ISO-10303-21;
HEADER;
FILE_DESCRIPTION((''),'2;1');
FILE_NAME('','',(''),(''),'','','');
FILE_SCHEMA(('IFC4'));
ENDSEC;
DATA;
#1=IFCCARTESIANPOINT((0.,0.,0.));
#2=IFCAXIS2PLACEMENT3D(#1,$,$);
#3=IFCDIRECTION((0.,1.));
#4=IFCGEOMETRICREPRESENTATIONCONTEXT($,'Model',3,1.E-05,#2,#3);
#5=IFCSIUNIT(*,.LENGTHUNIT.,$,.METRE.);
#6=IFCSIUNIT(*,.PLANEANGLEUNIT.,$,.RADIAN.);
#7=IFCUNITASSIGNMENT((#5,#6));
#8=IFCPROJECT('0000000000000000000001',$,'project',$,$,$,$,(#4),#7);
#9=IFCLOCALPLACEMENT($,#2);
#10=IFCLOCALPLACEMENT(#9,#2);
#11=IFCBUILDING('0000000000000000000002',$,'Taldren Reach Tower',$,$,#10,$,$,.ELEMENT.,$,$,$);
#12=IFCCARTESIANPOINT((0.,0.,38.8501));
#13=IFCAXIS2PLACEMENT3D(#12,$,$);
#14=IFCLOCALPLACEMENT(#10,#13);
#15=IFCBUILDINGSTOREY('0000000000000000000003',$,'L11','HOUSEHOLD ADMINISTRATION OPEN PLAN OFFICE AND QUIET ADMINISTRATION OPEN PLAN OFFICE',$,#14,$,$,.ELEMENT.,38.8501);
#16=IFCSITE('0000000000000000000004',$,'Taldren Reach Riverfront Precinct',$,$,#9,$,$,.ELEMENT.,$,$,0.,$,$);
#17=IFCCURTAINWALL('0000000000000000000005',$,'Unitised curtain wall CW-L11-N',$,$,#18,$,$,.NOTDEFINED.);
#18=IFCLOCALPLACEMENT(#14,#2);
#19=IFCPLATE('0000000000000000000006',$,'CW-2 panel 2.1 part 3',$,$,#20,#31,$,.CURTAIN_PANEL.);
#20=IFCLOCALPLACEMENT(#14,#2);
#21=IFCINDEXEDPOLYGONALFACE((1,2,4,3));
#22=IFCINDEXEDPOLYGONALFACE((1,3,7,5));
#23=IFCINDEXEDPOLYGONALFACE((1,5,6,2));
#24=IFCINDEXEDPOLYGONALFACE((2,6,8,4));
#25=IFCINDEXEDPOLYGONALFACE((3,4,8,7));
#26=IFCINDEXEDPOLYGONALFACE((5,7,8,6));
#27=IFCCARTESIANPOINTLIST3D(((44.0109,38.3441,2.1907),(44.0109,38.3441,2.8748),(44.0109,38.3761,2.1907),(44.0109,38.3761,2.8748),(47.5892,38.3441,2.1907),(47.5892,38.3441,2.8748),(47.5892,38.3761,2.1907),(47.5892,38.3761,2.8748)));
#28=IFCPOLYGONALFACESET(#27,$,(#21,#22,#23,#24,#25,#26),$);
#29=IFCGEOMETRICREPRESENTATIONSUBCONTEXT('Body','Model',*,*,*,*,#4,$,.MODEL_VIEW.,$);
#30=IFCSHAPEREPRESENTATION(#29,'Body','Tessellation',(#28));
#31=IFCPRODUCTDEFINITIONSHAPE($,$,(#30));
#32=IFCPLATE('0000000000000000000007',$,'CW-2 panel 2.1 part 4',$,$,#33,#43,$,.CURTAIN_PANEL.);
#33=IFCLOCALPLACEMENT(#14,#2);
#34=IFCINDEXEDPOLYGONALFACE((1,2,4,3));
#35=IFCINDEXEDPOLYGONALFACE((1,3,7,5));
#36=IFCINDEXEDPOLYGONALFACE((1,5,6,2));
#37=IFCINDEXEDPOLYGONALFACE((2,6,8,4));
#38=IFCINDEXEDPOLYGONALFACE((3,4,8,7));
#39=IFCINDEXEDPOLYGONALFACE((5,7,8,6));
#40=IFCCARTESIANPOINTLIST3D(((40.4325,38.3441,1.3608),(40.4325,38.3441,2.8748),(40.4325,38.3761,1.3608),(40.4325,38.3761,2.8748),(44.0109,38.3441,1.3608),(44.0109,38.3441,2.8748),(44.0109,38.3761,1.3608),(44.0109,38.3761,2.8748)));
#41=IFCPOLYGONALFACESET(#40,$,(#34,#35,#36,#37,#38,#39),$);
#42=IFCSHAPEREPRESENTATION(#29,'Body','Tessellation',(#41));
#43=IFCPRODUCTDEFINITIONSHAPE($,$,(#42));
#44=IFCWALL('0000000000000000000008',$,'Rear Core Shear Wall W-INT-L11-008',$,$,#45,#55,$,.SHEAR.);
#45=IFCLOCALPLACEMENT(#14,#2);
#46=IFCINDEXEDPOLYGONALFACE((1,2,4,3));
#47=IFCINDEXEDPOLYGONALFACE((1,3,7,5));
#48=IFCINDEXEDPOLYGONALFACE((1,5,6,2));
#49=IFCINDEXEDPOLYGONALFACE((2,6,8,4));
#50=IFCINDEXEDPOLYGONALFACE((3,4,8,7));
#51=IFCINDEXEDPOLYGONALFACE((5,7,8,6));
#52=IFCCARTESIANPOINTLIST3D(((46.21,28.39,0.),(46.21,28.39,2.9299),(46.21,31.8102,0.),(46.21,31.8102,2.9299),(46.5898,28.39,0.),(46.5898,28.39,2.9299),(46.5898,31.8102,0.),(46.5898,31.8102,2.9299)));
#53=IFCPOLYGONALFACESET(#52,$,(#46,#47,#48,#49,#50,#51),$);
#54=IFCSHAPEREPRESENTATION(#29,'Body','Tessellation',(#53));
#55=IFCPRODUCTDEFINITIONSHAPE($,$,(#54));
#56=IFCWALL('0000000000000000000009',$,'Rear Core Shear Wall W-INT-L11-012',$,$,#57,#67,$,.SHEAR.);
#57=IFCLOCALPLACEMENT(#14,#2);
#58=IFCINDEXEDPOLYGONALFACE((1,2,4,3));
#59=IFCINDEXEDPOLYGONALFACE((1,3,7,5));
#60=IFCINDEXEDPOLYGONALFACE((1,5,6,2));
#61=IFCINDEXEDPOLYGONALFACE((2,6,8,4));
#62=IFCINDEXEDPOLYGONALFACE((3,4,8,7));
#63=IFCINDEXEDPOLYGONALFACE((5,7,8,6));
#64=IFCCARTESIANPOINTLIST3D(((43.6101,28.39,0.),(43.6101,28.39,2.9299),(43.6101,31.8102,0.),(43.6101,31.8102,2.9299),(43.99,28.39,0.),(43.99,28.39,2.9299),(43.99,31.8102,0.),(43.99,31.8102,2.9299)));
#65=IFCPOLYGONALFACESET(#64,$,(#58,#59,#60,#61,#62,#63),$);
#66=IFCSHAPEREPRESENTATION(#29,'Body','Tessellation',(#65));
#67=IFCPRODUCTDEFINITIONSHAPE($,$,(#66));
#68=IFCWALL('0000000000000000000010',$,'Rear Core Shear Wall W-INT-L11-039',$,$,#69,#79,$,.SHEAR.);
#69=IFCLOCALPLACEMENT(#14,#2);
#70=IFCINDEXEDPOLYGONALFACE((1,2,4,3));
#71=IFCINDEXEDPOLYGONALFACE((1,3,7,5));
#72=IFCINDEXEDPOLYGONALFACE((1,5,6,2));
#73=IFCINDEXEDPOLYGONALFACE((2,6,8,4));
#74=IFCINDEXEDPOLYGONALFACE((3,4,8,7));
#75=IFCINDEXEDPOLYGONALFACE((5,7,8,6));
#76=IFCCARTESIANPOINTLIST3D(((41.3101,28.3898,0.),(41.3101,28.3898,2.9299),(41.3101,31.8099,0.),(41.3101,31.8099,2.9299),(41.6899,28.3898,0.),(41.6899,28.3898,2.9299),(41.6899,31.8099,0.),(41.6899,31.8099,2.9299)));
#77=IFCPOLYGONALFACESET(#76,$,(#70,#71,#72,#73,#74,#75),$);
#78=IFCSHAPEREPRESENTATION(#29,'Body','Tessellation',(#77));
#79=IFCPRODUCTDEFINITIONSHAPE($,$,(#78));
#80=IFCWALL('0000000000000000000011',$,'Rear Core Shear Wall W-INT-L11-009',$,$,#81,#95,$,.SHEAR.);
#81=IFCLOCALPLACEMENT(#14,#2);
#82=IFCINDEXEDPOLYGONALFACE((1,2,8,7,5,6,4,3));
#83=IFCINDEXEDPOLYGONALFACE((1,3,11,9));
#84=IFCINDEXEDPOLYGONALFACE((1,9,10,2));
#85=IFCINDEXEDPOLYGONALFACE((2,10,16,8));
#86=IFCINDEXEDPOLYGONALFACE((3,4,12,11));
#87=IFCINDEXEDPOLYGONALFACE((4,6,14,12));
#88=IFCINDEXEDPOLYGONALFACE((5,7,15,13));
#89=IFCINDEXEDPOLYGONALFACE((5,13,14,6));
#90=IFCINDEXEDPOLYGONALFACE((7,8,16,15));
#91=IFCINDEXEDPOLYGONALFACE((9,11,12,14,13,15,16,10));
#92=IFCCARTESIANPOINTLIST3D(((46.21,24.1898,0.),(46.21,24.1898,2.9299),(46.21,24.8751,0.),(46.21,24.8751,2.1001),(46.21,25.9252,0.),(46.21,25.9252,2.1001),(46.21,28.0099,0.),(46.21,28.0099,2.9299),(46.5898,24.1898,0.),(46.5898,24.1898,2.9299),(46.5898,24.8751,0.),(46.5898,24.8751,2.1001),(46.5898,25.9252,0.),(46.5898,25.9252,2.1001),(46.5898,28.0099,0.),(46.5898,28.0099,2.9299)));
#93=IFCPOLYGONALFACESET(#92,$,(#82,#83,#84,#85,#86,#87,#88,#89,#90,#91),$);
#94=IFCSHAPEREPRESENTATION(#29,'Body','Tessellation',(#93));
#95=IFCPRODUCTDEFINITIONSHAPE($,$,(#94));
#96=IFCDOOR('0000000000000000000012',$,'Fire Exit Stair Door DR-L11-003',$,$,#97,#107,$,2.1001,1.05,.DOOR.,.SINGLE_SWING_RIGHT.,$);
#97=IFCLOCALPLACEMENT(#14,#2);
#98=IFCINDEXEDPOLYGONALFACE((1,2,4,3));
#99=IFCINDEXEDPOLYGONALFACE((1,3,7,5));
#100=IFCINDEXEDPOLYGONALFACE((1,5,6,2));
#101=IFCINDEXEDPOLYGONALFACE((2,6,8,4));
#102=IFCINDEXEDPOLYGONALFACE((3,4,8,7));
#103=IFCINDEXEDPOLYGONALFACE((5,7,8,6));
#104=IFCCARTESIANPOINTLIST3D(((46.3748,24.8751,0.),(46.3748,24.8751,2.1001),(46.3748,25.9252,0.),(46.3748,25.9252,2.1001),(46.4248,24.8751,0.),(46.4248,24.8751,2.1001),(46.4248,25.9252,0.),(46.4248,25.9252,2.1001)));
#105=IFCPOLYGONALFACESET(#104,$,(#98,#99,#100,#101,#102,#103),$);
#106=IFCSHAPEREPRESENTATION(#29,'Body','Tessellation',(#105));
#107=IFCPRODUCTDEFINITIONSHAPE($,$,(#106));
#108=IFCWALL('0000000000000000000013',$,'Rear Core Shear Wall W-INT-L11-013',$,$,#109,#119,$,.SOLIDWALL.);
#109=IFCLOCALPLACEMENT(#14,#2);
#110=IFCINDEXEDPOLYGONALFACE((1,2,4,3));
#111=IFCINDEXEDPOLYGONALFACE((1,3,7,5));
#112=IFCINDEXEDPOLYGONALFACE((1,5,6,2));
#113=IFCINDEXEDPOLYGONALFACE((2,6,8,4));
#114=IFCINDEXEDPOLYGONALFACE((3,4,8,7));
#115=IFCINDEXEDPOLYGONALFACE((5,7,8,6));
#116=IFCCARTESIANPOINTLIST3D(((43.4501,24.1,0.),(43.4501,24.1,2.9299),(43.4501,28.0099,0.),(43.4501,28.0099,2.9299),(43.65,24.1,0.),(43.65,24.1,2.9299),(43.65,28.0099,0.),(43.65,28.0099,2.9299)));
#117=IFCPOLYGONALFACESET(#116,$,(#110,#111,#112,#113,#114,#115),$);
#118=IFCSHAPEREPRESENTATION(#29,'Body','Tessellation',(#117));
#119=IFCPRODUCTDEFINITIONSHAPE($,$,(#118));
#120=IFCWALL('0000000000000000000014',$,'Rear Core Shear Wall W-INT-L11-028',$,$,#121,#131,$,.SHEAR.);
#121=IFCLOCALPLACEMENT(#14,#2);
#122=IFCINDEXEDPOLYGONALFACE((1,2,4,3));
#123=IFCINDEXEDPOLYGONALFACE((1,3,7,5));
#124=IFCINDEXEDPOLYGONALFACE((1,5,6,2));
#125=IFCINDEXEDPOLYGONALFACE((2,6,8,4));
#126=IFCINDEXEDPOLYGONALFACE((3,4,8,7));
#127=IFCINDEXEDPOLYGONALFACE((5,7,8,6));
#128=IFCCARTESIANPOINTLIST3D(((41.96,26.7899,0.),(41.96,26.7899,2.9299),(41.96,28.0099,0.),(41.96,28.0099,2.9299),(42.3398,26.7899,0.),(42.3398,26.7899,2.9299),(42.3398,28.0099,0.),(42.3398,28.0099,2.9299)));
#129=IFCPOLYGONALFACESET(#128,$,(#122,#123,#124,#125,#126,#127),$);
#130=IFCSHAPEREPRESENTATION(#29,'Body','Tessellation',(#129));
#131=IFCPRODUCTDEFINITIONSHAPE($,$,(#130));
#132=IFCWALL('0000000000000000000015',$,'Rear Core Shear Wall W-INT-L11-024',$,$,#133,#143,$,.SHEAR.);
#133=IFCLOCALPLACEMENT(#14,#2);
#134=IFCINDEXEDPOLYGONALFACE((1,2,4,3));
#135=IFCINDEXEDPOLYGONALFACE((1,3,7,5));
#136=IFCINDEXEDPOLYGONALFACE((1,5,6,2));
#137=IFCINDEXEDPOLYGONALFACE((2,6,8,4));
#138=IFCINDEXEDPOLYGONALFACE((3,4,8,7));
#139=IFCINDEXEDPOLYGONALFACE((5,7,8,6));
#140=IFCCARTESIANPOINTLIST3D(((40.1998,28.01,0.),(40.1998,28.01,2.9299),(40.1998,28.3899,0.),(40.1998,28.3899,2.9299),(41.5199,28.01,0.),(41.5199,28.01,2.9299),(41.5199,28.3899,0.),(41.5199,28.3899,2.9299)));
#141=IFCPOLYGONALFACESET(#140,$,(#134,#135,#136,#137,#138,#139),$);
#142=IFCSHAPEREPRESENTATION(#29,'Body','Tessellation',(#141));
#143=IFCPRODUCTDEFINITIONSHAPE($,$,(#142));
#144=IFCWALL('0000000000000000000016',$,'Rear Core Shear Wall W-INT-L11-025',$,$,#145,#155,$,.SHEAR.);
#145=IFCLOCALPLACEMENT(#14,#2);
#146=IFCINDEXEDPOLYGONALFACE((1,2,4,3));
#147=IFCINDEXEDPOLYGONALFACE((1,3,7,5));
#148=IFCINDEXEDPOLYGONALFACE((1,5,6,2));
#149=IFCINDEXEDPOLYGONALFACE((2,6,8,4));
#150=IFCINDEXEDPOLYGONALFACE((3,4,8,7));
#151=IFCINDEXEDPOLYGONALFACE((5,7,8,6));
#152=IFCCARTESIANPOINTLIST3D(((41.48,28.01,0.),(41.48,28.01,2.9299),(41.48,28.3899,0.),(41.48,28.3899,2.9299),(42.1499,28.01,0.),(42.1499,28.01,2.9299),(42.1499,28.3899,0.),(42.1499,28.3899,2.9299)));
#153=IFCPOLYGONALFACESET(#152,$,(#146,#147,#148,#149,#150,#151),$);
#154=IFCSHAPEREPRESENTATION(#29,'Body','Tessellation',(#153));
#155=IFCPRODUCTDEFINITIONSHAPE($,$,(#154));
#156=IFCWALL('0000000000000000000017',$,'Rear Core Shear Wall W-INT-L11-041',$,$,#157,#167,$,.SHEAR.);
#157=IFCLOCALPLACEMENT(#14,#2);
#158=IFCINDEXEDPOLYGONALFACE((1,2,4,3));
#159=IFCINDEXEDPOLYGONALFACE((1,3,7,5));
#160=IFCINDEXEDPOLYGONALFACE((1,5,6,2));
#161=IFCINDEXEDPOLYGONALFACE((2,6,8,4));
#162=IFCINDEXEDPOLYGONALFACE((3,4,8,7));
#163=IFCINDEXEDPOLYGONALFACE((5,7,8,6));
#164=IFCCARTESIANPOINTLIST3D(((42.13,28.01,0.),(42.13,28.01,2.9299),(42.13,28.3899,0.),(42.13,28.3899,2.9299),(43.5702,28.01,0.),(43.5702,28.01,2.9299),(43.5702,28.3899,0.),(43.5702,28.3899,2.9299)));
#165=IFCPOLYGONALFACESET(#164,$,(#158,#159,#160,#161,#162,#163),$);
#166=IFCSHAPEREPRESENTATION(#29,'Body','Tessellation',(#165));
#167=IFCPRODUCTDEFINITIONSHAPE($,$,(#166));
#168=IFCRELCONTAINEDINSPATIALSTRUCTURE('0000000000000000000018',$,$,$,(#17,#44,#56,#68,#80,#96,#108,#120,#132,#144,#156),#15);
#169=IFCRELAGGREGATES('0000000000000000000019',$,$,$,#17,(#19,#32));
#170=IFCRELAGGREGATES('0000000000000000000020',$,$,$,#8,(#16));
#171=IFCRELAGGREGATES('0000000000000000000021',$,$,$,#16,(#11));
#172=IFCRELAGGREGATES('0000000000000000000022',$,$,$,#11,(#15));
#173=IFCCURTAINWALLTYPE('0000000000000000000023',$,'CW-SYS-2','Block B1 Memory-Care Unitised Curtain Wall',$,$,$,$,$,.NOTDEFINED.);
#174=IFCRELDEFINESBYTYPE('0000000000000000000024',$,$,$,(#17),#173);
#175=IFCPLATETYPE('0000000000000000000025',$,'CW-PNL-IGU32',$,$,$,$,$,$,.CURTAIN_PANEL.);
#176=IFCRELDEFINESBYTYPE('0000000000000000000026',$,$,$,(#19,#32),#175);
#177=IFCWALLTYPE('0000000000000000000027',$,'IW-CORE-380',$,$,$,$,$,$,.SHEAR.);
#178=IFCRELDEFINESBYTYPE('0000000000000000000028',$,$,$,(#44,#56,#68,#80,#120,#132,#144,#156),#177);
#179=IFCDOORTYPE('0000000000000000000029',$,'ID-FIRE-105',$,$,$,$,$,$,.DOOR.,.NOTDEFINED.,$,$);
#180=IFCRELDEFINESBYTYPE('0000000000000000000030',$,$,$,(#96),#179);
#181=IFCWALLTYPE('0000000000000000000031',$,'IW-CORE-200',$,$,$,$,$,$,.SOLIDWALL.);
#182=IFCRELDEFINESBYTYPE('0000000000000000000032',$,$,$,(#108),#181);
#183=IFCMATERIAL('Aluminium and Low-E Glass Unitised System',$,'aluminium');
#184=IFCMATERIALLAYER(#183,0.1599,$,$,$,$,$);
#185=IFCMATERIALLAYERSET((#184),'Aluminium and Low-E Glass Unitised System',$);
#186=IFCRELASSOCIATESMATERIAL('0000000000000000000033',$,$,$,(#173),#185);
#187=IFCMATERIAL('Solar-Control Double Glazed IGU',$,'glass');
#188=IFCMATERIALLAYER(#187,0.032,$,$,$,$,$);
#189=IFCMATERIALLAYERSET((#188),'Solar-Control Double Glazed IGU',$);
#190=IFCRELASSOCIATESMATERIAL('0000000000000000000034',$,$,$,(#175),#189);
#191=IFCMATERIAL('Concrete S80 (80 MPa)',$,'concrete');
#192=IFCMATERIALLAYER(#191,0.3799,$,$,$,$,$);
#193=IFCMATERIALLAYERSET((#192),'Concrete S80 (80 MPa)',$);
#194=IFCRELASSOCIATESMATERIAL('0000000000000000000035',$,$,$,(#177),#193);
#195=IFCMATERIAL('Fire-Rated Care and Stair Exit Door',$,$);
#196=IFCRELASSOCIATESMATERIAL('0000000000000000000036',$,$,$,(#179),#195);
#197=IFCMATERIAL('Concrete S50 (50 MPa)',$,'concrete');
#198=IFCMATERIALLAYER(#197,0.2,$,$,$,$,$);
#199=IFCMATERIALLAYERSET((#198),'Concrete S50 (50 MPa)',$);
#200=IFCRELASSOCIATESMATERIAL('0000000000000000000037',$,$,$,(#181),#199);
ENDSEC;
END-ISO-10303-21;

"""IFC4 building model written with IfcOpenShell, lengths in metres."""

from ifc_helpers import new_model, si_unit, direction, frame, frame_2d, origin, origin_2d, place, context, subcontext, project, spatial, rectangle, extrude, source, transform, mapped, material, layer, layer_set, type_object, element, fill, aggregate, save


model = new_model("IFC4")

# Units and contexts
model_context = context("Model", 3, precision=1e-05, world=origin(), true_north=direction((0.0, 1.0)))
body_context = subcontext(model_context, "Body", "Model", "MODEL_VIEW")
ifc_project = project(units=[si_unit("LENGTHUNIT", "METRE"), si_unit("PLANEANGLEUNIT", "RADIAN")], contexts=[model_context])

# Site, building, storey
site_placement = place(None, origin())
site = spatial("IfcSite", under=ifc_project, at=site_placement, Name="Taldren Reach Riverfront Precinct", CompositionType="ELEMENT", RefElevation=0.0)
building_placement = place(site_placement, origin())
building = spatial("IfcBuilding", under=site, at=building_placement, Name="Taldren Reach Tower", CompositionType="ELEMENT")
storey_placement = place(building_placement, frame((0.0, 0.0, 38.8501)))
storey = spatial("IfcBuildingStorey", under=building, at=storey_placement, Name="L11", Description="HOUSEHOLD ADMINISTRATION OPEN PLAN OFFICE AND QUIET ADMINISTRATION OPEN PLAN OFFICE", CompositionType="ELEMENT", Elevation=38.8501)

# Curtain wall
ifc_material_1 = material(Name="Aluminium and Low-E Glass Unitised System", Category="aluminium")
ifc_layer_1 = layer(ifc_material_1, 0.1599)
ifc_layer_set_1 = layer_set([ifc_layer_1], Name="Aluminium and Low-E Glass Unitised System")
curtain_wall_type = type_object("IfcCurtainWallType", Name="CW-SYS-2", Description="Block B1 Memory-Care Unitised Curtain Wall", PredefinedType="NOTDEFINED", material=ifc_layer_set_1)
curtain_wall_placement = place(storey_placement, origin())
curtain_wall = element("IfcCurtainWall", 1, at=curtain_wall_placement, inside=storey, type_object=curtain_wall_type, Name="Unitised curtain wall CW-L11-N", PredefinedType="NOTDEFINED")

# Plates
ifc_material_2 = material(Name="Solar-Control Double Glazed IGU", Category="glass")
ifc_layer_2 = layer(ifc_material_2, 0.032)
ifc_layer_set_2 = layer_set([ifc_layer_2], Name="Solar-Control Double Glazed IGU")
plate_type = type_object("IfcPlateType", Name="CW-PNL-IGU32", PredefinedType="CURTAIN_PANEL", material=ifc_layer_set_2)
shared_shape_1 = source(origin(), body_context, "Body", "SweptSolid", [
    extrude(rectangle(XDim=3.5784, YDim=0.032, at=origin_2d()), origin(), (0.0, 0.0, 1.0), 0.6841),
])
plate_1_placement = place(storey_placement, frame((45.8, 38.3601, 2.1907), z_axis=(0.0, 0.0, 1.0), x_axis=(-1.0, 0.0, 0.0)))
plate_1 = element("IfcPlate", 2, at=plate_1_placement, type_object=plate_type, Name="CW-2 panel 2.1 part 3", PredefinedType="CURTAIN_PANEL", context=body_context, shape_type="MappedRepresentation", body=[
    mapped(shared_shape_1, transform((0.0, 0.0, 0.0), scale=1.0)),
])
shared_shape_2 = source(origin(), body_context, "Body", "SweptSolid", [
    extrude(rectangle(XDim=3.5784, YDim=0.032, at=origin_2d()), origin(), (0.0, 0.0, 1.0), 1.5139),
])
plate_2_placement = place(storey_placement, frame((42.2217, 38.3601, 1.3608), z_axis=(0.0, 0.0, 1.0), x_axis=(-1.0, 0.0, 0.0)))
plate_2 = element("IfcPlate", 3, at=plate_2_placement, type_object=plate_type, Name="CW-2 panel 2.1 part 4", PredefinedType="CURTAIN_PANEL", context=body_context, shape_type="MappedRepresentation", body=[
    mapped(shared_shape_2, transform((0.0, 0.0, 0.0), scale=1.0)),
])
aggregate(curtain_wall, [plate_1, plate_2])

# Walls
ifc_material_3 = material(Name="Concrete S80 (80 MPa)", Category="concrete")
ifc_layer_3 = layer(ifc_material_3, 0.3799)
ifc_layer_set_3 = layer_set([ifc_layer_3], Name="Concrete S80 (80 MPa)")
wall_type_1 = type_object("IfcWallType", Name="IW-CORE-380", PredefinedType="SHEAR", material=ifc_layer_set_3)
shared_shape_3 = source(origin(), body_context, "Body", "SweptSolid", [
    extrude(rectangle(XDim=3.4202, YDim=0.3799, at=frame_2d((1.71, 0.0))), origin(), (0.0, 0.0, 1.0), 2.9299),
])
for number, where, z_axis, x_axis, name in (
    (4, (46.3999, 31.8101, 0.0), (0.0, 0.0, 1.0), (0.0, -1.0, 0.0), "Rear Core Shear Wall W-INT-L11-008"),
    (5, (43.8, 31.8101, 0.0), (0.0, 0.0, 1.0), (0.0, -1.0, 0.0), "Rear Core Shear Wall W-INT-L11-012"),
    (6, (41.5, 28.3899, 0.0), (0.0, 0.0, 1.0), (0.0, 1.0, 0.0), "Rear Core Shear Wall W-INT-L11-039"),
):
    element("IfcWall", number, at=place(storey_placement, frame(where, z_axis=z_axis, x_axis=x_axis)), inside=storey, type_object=wall_type_1, Name=name, PredefinedType="SHEAR", context=body_context, shape_type="MappedRepresentation", body=[
        mapped(shared_shape_3, transform((0.0, 0.0, 0.0), scale=1.0)),
    ])

# Wall, opening, door
shared_shape_4 = source(origin(), body_context, "Body", "SweptSolid", [
    extrude(rectangle(XDim=3.8201, YDim=0.3799, at=frame_2d((1.9102, 0.0))), origin(), (0.0, 0.0, 1.0), 2.9299),
])
wall_1_placement = place(storey_placement, frame((46.3999, 28.01, 0.0), z_axis=(0.0, 0.0, 1.0), x_axis=(0.0, -1.0, 0.0)))
wall_1 = element("IfcWall", 7, at=wall_1_placement, inside=storey, type_object=wall_type_1, Name="Rear Core Shear Wall W-INT-L11-009", PredefinedType="SHEAR", context=body_context, shape_type="MappedRepresentation", body=[
    mapped(shared_shape_4, transform((0.0, 0.0, 0.0), scale=1.0)),
])
shared_shape_5 = source(origin(), body_context, "Body", "SweptSolid", [
    extrude(rectangle(XDim=1.05, YDim=2.1001, at=frame_2d((0.5249, 1.05))), frame((0.0, 0.2, 0.0), z_axis=(0.0, -1.0, 0.0), x_axis=(1.0, 0.0, 0.0)), (0.0, 0.0, 1.0), 0.3999),
])
opening_1_placement = place(wall_1_placement, frame((2.085, 0.0, 0.0)))
opening_1 = element("IfcOpeningElement", 8, at=opening_1_placement, cuts=wall_1, PredefinedType="OPENING", context=body_context, shape_type="MappedRepresentation", body=[
    mapped(shared_shape_5, transform((0.0, 0.0, 0.0), scale=1.0)),
])
ifc_material_4 = material(Name="Fire-Rated Care and Stair Exit Door")
door_type_1 = type_object("IfcDoorType", Name="ID-FIRE-105", OperationType="NOTDEFINED", PredefinedType="DOOR", material=ifc_material_4)
shared_shape_6 = source(origin(), body_context, "Body", "SweptSolid", [
    extrude(rectangle(XDim=1.05, YDim=2.1001, at=frame_2d((0.5249, 1.05))), frame((0.0, 0.0249, 0.0), z_axis=(0.0, -1.0, 0.0), x_axis=(1.0, 0.0, 0.0)), (0.0, 0.0, 1.0), 0.05),
])
door_1_placement = place(opening_1_placement, origin())
door_1 = element("IfcDoor", 9, at=door_1_placement, inside=storey, type_object=door_type_1, Name="Fire Exit Stair Door DR-L11-003", OperationType="SINGLE_SWING_RIGHT", OverallHeight=2.1001, OverallWidth=1.05, PredefinedType="DOOR", context=body_context, shape_type="MappedRepresentation", body=[
    mapped(shared_shape_6, transform((0.0, 0.0, 0.0), scale=1.0)),
])
fill(opening_1, door_1)

# Walls
ifc_material_5 = material(Name="Concrete S50 (50 MPa)", Category="concrete")
ifc_layer_4 = layer(ifc_material_5, 0.2)
ifc_layer_set_4 = layer_set([ifc_layer_4], Name="Concrete S50 (50 MPa)")
wall_type_2 = type_object("IfcWallType", Name="IW-CORE-200", PredefinedType="SOLIDWALL", material=ifc_layer_set_4)
shared_shape_7 = source(origin(), body_context, "Body", "SweptSolid", [
    extrude(rectangle(XDim=3.9099, YDim=0.2, at=frame_2d((1.9551, 0.0))), origin(), (0.0, 0.0, 1.0), 2.9299),
])
wall_2_placement = place(storey_placement, frame((43.55, 28.01, 0.0), z_axis=(0.0, 0.0, 1.0), x_axis=(0.0, -1.0, 0.0)))
element("IfcWall", 10, at=wall_2_placement, inside=storey, type_object=wall_type_2, Name="Rear Core Shear Wall W-INT-L11-013", PredefinedType="SOLIDWALL", context=body_context, shape_type="MappedRepresentation", body=[
    mapped(shared_shape_7, transform((0.0, 0.0, 0.0), scale=1.0)),
])
shared_shape_8 = source(origin(), body_context, "Body", "SweptSolid", [
    extrude(rectangle(XDim=1.22, YDim=0.3799, at=frame_2d((0.6099, 0.0))), origin(), (0.0, 0.0, 1.0), 2.9299),
])
wall_3_placement = place(storey_placement, frame((42.1499, 26.79, 0.0), z_axis=(0.0, 0.0, 1.0), x_axis=(0.0, 1.0, 0.0)))
element("IfcWall", 11, at=wall_3_placement, inside=storey, type_object=wall_type_1, Name="Rear Core Shear Wall W-INT-L11-028", PredefinedType="SHEAR", context=body_context, shape_type="MappedRepresentation", body=[
    mapped(shared_shape_8, transform((0.0, 0.0, 0.0), scale=1.0)),
])
shared_shape_9 = source(origin(), body_context, "Body", "SweptSolid", [
    extrude(rectangle(XDim=1.3201, YDim=0.3799, at=frame_2d((0.6602, 0.0))), origin(), (0.0, 0.0, 1.0), 2.9299),
])
wall_4_placement = place(storey_placement, frame((41.52, 28.2, 0.0), z_axis=(0.0, 0.0, 1.0), x_axis=(-1.0, 0.0, 0.0)))
element("IfcWall", 12, at=wall_4_placement, inside=storey, type_object=wall_type_1, Name="Rear Core Shear Wall W-INT-L11-024", PredefinedType="SHEAR", context=body_context, shape_type="MappedRepresentation", body=[
    mapped(shared_shape_9, transform((0.0, 0.0, 0.0), scale=1.0)),
])
shared_shape_10 = source(origin(), body_context, "Body", "SweptSolid", [
    extrude(rectangle(XDim=0.6699, YDim=0.3799, at=frame_2d((0.335, 0.0))), origin(), (0.0, 0.0, 1.0), 2.9299),
])
wall_5_placement = place(storey_placement, frame((42.1499, 28.2, 0.0), z_axis=(0.0, 0.0, 1.0), x_axis=(-1.0, 0.0, 0.0)))
element("IfcWall", 13, at=wall_5_placement, inside=storey, type_object=wall_type_1, Name="Rear Core Shear Wall W-INT-L11-025", PredefinedType="SHEAR", context=body_context, shape_type="MappedRepresentation", body=[
    mapped(shared_shape_10, transform((0.0, 0.0, 0.0), scale=1.0)),
])
shared_shape_11 = source(origin(), body_context, "Body", "SweptSolid", [
    extrude(rectangle(XDim=1.4402, YDim=0.3799, at=frame_2d((0.7202, 0.0))), origin(), (0.0, 0.0, 1.0), 2.9299),
])
wall_6_placement = place(storey_placement, frame((42.1299, 28.2, 0.0), z_axis=(0.0, 0.0, 1.0), x_axis=(1.0, 0.0, 0.0)))
element("IfcWall", 14, at=wall_6_placement, inside=storey, type_object=wall_type_1, Name="Rear Core Shear Wall W-INT-L11-041", PredefinedType="SHEAR", context=body_context, shape_type="MappedRepresentation", body=[
    mapped(shared_shape_11, transform((0.0, 0.0, 0.0), scale=1.0)),
])

save(model, "model.ifc")
